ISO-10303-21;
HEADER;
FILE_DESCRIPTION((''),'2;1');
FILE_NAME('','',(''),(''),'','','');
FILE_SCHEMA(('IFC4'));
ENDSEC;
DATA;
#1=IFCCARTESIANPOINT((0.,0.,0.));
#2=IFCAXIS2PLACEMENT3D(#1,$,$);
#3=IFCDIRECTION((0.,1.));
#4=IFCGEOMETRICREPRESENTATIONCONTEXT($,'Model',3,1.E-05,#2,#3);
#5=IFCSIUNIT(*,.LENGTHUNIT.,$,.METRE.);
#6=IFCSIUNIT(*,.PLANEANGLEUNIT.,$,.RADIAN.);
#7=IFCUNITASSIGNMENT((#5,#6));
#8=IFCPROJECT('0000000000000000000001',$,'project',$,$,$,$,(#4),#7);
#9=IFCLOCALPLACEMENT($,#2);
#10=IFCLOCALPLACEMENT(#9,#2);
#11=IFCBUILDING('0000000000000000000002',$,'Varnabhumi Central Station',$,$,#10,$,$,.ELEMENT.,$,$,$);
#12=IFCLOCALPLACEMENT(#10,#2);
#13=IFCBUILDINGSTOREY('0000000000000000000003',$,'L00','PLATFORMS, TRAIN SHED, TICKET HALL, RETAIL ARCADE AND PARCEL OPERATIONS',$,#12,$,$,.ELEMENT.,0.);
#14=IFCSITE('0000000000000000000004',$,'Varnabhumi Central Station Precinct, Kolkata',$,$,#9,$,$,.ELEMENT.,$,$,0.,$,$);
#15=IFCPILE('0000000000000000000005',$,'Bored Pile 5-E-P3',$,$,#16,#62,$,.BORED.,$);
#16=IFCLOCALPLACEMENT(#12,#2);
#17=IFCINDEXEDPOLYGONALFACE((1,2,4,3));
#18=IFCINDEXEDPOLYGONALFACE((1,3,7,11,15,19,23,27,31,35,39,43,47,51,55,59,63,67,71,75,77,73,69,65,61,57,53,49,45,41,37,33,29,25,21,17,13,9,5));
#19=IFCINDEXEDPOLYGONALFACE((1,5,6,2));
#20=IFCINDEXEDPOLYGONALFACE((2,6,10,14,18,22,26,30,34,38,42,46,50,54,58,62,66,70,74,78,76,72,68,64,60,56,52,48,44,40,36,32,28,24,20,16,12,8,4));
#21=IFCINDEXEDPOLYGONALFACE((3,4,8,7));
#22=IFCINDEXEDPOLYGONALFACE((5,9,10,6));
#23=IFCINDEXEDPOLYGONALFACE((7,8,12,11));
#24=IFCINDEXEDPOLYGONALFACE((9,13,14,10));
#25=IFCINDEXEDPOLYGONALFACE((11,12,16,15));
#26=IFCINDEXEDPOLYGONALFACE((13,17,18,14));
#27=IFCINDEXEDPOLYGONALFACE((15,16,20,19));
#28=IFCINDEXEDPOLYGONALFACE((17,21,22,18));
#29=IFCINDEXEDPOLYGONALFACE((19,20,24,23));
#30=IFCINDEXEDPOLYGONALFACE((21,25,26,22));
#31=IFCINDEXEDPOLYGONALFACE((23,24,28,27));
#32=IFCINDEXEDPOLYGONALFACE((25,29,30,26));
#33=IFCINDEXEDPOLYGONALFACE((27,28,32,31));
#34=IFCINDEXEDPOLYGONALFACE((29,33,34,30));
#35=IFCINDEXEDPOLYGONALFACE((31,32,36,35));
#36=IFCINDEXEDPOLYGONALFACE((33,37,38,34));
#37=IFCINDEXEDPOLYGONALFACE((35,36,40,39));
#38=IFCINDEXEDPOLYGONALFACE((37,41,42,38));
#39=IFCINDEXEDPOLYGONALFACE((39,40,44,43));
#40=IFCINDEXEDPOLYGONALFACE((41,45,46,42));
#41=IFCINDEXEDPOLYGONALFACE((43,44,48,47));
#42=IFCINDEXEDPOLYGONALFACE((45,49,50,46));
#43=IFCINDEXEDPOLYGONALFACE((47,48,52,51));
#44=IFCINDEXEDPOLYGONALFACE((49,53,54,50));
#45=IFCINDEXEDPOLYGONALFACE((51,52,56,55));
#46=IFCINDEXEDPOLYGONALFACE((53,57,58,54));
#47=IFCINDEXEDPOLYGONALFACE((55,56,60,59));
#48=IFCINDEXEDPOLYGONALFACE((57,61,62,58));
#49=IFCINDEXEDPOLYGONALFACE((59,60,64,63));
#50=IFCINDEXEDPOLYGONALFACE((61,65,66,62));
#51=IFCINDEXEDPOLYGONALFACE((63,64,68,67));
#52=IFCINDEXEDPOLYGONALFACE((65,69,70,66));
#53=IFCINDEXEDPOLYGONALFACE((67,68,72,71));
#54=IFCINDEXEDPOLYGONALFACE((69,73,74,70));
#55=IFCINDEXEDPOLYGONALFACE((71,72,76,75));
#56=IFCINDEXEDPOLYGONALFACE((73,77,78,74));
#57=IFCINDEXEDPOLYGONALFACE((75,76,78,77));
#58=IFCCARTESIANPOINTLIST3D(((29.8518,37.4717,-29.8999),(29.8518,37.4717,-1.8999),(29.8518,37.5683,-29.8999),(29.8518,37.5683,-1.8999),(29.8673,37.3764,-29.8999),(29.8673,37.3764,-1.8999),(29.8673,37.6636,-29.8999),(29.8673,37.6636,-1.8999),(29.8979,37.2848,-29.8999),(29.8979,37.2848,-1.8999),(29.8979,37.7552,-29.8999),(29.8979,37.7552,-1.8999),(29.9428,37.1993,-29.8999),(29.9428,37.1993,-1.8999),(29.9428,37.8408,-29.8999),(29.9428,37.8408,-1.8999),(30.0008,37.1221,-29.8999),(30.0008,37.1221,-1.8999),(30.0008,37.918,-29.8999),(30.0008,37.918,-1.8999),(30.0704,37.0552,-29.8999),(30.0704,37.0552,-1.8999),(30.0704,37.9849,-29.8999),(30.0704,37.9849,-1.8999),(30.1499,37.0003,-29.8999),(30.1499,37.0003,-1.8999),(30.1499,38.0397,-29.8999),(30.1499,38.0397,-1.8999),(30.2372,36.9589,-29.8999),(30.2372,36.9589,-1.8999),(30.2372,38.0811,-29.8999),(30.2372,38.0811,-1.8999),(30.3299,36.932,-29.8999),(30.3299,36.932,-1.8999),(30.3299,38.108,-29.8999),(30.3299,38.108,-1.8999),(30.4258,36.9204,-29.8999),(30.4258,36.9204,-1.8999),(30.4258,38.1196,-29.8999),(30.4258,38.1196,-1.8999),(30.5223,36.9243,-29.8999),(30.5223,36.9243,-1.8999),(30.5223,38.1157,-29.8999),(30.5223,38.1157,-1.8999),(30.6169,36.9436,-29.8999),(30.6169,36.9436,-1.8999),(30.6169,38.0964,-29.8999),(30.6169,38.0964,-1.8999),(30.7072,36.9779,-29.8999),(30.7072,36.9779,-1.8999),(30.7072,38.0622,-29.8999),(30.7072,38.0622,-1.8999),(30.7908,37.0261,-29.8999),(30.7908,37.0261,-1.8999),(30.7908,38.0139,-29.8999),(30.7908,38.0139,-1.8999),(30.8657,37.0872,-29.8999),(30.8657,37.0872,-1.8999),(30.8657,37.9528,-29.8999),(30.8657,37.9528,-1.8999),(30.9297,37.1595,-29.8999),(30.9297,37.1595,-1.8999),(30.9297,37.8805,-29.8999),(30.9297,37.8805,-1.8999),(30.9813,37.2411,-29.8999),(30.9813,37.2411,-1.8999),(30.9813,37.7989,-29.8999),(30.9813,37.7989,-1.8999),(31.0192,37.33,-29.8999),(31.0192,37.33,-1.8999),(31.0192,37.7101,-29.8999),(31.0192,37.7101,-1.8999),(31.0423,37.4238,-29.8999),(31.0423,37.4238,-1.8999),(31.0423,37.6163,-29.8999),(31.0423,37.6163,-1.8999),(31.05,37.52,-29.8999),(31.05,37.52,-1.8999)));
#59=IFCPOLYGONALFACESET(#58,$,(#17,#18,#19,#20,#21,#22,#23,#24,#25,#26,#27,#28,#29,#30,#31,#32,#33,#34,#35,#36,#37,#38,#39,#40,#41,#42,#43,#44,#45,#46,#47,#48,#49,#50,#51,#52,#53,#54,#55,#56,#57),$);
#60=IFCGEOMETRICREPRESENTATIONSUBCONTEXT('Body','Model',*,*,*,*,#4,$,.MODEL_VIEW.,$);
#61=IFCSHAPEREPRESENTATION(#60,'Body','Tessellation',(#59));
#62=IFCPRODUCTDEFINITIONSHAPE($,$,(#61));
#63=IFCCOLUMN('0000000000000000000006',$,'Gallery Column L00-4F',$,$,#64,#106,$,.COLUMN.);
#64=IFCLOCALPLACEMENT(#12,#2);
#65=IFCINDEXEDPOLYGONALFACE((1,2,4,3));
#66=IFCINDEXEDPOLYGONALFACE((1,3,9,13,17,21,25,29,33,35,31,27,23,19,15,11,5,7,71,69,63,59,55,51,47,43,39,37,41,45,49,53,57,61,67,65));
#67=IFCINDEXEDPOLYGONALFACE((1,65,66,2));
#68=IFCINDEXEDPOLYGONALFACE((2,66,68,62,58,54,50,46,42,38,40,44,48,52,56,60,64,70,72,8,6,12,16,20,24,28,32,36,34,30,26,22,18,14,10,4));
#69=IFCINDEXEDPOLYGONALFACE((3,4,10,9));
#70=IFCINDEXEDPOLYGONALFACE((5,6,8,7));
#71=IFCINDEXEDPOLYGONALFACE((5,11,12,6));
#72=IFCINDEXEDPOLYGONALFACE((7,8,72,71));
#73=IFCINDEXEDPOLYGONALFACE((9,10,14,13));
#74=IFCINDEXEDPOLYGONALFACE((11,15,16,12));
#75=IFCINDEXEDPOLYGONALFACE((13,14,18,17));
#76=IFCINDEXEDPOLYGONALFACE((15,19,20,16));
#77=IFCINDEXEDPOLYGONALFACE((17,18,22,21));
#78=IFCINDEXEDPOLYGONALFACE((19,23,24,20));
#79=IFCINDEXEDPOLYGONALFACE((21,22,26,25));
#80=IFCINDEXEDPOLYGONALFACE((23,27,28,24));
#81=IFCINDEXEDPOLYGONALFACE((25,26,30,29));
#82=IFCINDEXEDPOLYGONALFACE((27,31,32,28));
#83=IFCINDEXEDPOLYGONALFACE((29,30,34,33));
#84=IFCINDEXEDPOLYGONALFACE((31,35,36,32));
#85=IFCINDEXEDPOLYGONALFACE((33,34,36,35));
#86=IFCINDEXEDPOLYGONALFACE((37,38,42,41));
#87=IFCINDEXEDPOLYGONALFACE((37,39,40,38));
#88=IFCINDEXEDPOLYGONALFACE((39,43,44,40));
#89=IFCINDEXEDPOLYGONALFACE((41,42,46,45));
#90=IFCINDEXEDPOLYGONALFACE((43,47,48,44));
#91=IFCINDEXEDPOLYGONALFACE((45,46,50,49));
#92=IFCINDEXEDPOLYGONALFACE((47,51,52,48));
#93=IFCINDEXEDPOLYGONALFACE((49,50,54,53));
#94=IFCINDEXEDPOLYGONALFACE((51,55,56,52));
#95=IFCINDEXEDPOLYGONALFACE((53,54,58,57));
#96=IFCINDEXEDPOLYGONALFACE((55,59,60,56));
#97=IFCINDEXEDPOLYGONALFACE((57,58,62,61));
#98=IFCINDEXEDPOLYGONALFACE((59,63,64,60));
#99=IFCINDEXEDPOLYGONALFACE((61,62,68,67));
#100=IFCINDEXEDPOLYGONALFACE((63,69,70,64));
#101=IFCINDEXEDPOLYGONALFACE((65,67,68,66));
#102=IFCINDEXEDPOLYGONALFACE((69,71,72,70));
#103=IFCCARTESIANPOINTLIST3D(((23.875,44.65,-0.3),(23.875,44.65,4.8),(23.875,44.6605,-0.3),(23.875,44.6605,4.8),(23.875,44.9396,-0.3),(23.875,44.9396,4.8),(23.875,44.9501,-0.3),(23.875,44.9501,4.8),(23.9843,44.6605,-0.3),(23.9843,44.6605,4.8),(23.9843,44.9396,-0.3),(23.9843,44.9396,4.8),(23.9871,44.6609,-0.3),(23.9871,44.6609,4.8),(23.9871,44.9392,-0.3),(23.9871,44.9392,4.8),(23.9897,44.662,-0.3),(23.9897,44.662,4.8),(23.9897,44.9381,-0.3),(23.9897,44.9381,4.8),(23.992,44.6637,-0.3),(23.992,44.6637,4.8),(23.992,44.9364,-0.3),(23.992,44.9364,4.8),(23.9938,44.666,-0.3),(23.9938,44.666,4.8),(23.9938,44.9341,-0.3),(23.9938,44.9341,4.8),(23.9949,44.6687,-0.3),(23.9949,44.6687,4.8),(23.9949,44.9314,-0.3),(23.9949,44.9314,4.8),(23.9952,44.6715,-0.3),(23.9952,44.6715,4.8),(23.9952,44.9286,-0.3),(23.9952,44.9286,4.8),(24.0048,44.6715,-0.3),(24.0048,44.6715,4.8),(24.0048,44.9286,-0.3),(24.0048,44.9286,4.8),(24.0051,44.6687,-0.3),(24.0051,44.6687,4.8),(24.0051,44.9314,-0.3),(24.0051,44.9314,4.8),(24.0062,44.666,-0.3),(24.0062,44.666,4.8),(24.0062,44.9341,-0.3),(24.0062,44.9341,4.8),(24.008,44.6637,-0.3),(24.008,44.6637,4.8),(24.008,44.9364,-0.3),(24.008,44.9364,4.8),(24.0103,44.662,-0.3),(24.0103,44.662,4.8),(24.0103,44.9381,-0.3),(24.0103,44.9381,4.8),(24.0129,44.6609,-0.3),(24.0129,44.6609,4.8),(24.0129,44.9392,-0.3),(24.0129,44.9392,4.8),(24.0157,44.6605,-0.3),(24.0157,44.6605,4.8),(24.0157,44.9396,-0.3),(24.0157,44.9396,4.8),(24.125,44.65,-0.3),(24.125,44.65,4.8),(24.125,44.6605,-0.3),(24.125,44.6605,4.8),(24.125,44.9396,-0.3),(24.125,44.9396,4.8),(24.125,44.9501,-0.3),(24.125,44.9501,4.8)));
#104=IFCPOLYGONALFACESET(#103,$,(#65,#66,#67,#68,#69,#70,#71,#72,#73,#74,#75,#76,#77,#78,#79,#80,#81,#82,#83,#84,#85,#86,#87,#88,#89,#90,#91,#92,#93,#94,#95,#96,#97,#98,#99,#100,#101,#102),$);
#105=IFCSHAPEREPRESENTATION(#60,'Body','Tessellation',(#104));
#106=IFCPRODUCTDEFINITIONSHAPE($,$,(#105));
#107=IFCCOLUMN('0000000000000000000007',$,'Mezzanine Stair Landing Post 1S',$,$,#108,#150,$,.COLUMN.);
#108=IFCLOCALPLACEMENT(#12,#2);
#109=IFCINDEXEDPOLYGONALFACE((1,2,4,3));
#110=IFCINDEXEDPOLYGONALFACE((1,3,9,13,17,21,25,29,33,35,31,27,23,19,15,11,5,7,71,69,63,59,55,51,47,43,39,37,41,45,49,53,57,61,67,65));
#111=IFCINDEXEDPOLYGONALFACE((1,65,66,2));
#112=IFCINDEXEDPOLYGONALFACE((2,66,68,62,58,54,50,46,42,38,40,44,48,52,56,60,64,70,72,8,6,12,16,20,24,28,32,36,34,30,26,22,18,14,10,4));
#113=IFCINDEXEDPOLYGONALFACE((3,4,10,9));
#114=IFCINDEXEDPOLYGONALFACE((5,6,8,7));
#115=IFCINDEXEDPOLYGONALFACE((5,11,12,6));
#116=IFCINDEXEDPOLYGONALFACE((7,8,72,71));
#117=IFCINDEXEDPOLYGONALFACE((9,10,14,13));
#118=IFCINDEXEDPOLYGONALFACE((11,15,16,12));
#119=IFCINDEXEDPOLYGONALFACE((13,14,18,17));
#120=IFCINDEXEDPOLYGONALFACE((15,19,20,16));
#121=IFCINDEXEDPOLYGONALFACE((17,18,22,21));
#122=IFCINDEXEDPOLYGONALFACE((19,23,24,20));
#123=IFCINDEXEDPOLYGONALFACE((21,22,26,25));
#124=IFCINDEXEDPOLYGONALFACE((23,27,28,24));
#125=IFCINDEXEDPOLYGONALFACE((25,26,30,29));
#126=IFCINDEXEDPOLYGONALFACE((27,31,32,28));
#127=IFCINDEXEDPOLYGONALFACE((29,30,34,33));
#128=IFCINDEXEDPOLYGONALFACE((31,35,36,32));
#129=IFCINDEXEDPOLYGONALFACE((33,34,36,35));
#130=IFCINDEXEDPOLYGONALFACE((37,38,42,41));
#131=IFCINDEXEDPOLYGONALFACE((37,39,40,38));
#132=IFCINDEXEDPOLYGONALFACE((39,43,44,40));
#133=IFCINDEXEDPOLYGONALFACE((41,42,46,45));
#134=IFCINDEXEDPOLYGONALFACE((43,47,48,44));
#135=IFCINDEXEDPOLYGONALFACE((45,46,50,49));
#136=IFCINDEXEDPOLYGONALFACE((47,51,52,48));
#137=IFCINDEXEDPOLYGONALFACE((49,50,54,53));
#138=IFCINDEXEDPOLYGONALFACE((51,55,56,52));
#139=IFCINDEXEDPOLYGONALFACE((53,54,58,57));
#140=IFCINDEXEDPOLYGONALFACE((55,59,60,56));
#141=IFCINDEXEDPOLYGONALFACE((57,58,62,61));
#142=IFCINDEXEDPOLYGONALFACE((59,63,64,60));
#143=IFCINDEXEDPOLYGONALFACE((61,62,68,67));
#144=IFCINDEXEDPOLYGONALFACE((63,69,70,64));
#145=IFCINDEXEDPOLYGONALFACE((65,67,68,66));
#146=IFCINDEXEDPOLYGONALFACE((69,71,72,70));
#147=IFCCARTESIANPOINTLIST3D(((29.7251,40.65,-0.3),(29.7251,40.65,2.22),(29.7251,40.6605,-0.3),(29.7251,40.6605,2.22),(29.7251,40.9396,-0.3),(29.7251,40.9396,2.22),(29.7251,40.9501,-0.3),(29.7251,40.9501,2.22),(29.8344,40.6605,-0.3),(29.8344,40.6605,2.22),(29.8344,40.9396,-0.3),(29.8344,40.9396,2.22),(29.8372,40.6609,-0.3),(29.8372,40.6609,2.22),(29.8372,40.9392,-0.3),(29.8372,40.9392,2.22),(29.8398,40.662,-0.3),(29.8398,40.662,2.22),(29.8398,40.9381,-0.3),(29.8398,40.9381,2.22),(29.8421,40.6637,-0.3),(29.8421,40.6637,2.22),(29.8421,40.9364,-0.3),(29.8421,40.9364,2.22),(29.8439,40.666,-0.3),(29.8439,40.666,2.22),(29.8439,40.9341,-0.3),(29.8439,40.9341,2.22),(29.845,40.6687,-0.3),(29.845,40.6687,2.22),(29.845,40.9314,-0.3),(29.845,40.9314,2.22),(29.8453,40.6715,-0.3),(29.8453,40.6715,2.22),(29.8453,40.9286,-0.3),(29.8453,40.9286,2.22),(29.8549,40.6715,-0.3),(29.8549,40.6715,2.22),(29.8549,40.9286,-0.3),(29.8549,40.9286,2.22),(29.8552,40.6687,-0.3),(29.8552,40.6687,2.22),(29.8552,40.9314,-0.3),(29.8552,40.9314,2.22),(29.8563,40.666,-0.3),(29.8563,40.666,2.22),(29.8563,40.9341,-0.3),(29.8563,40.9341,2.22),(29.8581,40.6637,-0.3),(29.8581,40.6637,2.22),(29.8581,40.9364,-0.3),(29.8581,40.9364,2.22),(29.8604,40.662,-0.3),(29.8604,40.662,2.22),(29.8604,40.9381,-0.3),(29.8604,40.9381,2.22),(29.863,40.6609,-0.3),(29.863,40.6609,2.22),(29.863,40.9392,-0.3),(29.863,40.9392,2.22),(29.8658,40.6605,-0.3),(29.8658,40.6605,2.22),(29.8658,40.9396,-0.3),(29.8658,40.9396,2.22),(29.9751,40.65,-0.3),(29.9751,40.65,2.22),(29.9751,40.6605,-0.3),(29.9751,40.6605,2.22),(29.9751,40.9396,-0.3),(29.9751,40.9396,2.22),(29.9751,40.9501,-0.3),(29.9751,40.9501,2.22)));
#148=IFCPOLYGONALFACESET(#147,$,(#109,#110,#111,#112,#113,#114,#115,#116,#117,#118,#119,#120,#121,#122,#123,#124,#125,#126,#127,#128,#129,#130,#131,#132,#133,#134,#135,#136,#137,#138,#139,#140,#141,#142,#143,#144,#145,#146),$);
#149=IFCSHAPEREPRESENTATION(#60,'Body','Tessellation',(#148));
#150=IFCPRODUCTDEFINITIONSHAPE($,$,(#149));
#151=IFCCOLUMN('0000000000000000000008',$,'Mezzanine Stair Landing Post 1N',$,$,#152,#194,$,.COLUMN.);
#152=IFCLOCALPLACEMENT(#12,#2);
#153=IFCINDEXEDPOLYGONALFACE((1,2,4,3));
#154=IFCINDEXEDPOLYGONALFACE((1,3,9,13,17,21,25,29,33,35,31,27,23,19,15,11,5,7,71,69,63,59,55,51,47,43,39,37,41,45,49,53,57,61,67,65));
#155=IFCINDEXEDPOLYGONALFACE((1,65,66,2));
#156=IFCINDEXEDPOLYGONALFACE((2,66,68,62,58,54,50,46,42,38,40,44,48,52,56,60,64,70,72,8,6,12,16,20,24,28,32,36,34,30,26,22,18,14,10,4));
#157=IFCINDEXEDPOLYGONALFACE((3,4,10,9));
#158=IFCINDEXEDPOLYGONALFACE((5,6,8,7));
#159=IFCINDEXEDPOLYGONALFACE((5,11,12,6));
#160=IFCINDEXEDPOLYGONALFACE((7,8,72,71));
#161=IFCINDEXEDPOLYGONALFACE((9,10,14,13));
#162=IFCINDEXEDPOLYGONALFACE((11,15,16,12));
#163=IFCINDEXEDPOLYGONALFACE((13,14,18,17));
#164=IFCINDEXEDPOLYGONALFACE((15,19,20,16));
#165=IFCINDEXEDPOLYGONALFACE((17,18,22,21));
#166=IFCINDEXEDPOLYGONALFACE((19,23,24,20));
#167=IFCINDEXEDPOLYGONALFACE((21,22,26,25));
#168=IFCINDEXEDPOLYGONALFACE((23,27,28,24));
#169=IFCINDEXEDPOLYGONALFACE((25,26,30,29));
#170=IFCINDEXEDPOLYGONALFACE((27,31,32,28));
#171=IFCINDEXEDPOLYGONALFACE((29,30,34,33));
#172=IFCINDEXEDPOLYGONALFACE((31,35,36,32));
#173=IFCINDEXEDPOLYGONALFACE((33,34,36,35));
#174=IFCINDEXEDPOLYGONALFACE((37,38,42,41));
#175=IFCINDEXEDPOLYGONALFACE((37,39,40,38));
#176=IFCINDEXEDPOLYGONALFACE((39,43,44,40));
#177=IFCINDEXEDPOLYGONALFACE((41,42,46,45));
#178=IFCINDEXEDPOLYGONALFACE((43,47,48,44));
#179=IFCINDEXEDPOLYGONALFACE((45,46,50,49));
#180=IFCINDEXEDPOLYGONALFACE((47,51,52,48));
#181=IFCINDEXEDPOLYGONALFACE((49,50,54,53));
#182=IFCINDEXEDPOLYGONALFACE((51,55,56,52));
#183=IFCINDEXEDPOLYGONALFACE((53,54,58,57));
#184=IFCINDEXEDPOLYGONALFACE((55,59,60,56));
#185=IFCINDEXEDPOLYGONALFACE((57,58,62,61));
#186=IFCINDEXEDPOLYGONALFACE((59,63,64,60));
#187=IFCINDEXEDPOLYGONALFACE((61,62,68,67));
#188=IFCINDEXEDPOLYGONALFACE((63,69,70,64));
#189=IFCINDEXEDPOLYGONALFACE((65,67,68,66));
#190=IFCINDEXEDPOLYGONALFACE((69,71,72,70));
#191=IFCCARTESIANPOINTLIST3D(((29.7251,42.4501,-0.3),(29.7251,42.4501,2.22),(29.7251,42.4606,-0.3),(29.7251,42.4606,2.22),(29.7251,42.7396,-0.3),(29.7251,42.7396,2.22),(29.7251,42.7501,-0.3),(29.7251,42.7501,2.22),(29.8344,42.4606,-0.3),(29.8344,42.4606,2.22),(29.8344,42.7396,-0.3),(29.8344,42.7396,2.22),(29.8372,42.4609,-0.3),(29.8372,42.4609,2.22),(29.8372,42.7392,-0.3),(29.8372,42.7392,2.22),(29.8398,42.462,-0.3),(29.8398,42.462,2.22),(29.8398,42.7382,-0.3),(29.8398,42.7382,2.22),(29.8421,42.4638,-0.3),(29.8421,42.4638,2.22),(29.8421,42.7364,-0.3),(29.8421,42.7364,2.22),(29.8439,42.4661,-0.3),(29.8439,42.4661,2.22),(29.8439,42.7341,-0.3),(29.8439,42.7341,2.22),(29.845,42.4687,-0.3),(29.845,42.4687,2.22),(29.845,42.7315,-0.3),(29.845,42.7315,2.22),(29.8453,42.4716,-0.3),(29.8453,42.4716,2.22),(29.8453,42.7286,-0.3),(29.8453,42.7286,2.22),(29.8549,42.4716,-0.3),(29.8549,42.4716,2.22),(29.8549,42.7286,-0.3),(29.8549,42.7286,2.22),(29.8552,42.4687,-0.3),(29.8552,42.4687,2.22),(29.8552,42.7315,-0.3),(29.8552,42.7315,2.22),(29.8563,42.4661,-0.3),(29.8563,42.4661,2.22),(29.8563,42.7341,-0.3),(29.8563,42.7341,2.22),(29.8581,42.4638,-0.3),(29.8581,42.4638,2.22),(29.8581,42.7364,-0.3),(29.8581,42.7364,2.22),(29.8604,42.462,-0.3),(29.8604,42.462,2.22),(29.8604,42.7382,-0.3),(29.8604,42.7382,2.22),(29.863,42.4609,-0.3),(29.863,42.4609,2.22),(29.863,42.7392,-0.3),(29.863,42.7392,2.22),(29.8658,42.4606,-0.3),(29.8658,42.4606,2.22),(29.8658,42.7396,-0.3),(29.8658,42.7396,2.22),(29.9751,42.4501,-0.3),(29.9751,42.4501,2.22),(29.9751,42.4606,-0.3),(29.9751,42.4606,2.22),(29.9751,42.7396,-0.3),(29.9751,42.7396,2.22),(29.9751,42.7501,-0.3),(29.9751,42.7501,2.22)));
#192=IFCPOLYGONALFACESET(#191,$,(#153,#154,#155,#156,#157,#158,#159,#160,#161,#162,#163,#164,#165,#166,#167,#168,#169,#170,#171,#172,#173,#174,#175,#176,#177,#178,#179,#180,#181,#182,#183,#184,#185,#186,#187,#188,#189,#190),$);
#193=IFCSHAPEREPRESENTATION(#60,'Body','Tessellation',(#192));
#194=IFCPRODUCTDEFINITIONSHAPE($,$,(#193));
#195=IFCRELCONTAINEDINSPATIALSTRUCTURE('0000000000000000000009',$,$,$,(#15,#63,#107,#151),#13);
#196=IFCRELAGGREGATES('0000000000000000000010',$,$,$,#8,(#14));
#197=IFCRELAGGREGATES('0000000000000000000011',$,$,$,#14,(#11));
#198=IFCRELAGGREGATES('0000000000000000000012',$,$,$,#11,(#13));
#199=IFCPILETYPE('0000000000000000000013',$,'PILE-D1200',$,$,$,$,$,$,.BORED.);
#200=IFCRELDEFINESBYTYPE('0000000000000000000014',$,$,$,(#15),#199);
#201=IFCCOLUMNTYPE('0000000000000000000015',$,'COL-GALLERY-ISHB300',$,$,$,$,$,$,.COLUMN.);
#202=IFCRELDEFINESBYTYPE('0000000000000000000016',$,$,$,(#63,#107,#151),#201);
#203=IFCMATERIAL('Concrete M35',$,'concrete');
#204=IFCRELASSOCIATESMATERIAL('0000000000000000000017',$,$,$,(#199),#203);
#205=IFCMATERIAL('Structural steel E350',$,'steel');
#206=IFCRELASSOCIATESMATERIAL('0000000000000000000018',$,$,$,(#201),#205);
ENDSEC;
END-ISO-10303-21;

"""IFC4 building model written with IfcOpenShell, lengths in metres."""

from ifc_helpers import new_model, si_unit, direction, frame, origin, origin_2d, place, context, subcontext, project, spatial, circle, i_section, extrude, material, material_profile, profile_set, type_object, element, save


model = new_model("IFC4")

# Units and contexts
model_context = context("Model", 3, precision=1e-05, world=origin(), true_north=direction((0.0, 1.0)))
body_context = subcontext(model_context, "Body", "Model", "MODEL_VIEW")
ifc_project = project(units=[si_unit("LENGTHUNIT", "METRE"), si_unit("PLANEANGLEUNIT", "RADIAN")], contexts=[model_context])

# Site, building, storey
site_placement = place(None, origin())
site = spatial("IfcSite", under=ifc_project, at=site_placement, Name="Varnabhumi Central Station Precinct, Kolkata", CompositionType="ELEMENT", RefElevation=0.0)
building_placement = place(site_placement, origin())
building = spatial("IfcBuilding", under=site, at=building_placement, Name="Varnabhumi Central Station", CompositionType="ELEMENT")
storey_placement = place(building_placement, origin())
storey = spatial("IfcBuildingStorey", under=building, at=storey_placement, Name="L00", Description="PLATFORMS, TRAIN SHED, TICKET HALL, RETAIL ARCADE AND PARCEL OPERATIONS", CompositionType="ELEMENT", Elevation=0.0)

# Pile
ifc_material_1 = material(Name="Concrete M35", Category="concrete")
ifc_material_profile_1 = material_profile(ifc_material_1, circle(Radius=0.6001, at=origin_2d()), Name="Concrete M35", Category="concrete")
ifc_profile_set_1 = profile_set([ifc_material_profile_1], Name="Concrete M35")
pile_type_1 = type_object("IfcPileType", Name="PILE-D1200", PredefinedType="BORED", material=ifc_profile_set_1)
for number, where, z_axis, x_axis, name in (
    (1, (30.45, 37.52, -1.8999), (0.0, 0.0, -1.0), (1.0, 0.0, 0.0), "Bored Pile 5-E-P3"),
):
    element("IfcPile", number, at=place(storey_placement, frame(where, z_axis=z_axis, x_axis=x_axis)), inside=storey, type_object=pile_type_1, Name=name, PredefinedType="BORED", context=body_context, shape_type="SweptSolid", body=[
        extrude(circle(Radius=0.6001, at=origin_2d()), origin(), (0.0, 0.0, 1.0), 28.0),
    ])

# Columns
ifc_material_2 = material(Name="Structural steel E350", Category="steel")
ifc_material_profile_2 = material_profile(ifc_material_2, i_section(OverallWidth=0.25, OverallDepth=0.3, WebThickness=0.0095, FlangeThickness=0.0105, FilletRadius=0.011, at=origin_2d()), Name="Structural steel E350", Category="steel")
ifc_profile_set_2 = profile_set([ifc_material_profile_2], Name="Structural steel E350")
column_type = type_object("IfcColumnType", Name="COL-GALLERY-ISHB300", PredefinedType="COLUMN", material=ifc_profile_set_2)
column_placement = place(storey_placement, frame((24.0, 44.8, -0.3), z_axis=(0.0, 0.0, 1.0), x_axis=(1.0, 0.0, 0.0)))
element("IfcColumn", 2, at=column_placement, inside=storey, type_object=column_type, Name="Gallery Column L00-4F", PredefinedType="COLUMN", context=body_context, shape_type="SweptSolid", body=[
    extrude(i_section(OverallWidth=0.25, OverallDepth=0.3, WebThickness=0.0095, FlangeThickness=0.0105, FilletRadius=0.011, at=origin_2d()), origin(), (0.0, 0.0, 1.0), 5.1001),
])
for number, where, z_axis, x_axis, name in (
    (3, (29.8501, 40.8, -0.3), (0.0, 0.0, 1.0), (1.0, 0.0, 0.0), "Mezzanine Stair Landing Post 1S"),
    (4, (29.8501, 42.6001, -0.3), (0.0, 0.0, 1.0), (1.0, 0.0, 0.0), "Mezzanine Stair Landing Post 1N"),
):
    element("IfcColumn", number, at=place(storey_placement, frame(where, z_axis=z_axis, x_axis=x_axis)), inside=storey, type_object=column_type, Name=name, PredefinedType="COLUMN", context=body_context, shape_type="SweptSolid", body=[
        extrude(i_section(OverallWidth=0.25, OverallDepth=0.3, WebThickness=0.0095, FlangeThickness=0.0105, FilletRadius=0.011, at=origin_2d()), origin(), (0.0, 0.0, 1.0), 2.52),
    ])

save(model, "model.ifc")
